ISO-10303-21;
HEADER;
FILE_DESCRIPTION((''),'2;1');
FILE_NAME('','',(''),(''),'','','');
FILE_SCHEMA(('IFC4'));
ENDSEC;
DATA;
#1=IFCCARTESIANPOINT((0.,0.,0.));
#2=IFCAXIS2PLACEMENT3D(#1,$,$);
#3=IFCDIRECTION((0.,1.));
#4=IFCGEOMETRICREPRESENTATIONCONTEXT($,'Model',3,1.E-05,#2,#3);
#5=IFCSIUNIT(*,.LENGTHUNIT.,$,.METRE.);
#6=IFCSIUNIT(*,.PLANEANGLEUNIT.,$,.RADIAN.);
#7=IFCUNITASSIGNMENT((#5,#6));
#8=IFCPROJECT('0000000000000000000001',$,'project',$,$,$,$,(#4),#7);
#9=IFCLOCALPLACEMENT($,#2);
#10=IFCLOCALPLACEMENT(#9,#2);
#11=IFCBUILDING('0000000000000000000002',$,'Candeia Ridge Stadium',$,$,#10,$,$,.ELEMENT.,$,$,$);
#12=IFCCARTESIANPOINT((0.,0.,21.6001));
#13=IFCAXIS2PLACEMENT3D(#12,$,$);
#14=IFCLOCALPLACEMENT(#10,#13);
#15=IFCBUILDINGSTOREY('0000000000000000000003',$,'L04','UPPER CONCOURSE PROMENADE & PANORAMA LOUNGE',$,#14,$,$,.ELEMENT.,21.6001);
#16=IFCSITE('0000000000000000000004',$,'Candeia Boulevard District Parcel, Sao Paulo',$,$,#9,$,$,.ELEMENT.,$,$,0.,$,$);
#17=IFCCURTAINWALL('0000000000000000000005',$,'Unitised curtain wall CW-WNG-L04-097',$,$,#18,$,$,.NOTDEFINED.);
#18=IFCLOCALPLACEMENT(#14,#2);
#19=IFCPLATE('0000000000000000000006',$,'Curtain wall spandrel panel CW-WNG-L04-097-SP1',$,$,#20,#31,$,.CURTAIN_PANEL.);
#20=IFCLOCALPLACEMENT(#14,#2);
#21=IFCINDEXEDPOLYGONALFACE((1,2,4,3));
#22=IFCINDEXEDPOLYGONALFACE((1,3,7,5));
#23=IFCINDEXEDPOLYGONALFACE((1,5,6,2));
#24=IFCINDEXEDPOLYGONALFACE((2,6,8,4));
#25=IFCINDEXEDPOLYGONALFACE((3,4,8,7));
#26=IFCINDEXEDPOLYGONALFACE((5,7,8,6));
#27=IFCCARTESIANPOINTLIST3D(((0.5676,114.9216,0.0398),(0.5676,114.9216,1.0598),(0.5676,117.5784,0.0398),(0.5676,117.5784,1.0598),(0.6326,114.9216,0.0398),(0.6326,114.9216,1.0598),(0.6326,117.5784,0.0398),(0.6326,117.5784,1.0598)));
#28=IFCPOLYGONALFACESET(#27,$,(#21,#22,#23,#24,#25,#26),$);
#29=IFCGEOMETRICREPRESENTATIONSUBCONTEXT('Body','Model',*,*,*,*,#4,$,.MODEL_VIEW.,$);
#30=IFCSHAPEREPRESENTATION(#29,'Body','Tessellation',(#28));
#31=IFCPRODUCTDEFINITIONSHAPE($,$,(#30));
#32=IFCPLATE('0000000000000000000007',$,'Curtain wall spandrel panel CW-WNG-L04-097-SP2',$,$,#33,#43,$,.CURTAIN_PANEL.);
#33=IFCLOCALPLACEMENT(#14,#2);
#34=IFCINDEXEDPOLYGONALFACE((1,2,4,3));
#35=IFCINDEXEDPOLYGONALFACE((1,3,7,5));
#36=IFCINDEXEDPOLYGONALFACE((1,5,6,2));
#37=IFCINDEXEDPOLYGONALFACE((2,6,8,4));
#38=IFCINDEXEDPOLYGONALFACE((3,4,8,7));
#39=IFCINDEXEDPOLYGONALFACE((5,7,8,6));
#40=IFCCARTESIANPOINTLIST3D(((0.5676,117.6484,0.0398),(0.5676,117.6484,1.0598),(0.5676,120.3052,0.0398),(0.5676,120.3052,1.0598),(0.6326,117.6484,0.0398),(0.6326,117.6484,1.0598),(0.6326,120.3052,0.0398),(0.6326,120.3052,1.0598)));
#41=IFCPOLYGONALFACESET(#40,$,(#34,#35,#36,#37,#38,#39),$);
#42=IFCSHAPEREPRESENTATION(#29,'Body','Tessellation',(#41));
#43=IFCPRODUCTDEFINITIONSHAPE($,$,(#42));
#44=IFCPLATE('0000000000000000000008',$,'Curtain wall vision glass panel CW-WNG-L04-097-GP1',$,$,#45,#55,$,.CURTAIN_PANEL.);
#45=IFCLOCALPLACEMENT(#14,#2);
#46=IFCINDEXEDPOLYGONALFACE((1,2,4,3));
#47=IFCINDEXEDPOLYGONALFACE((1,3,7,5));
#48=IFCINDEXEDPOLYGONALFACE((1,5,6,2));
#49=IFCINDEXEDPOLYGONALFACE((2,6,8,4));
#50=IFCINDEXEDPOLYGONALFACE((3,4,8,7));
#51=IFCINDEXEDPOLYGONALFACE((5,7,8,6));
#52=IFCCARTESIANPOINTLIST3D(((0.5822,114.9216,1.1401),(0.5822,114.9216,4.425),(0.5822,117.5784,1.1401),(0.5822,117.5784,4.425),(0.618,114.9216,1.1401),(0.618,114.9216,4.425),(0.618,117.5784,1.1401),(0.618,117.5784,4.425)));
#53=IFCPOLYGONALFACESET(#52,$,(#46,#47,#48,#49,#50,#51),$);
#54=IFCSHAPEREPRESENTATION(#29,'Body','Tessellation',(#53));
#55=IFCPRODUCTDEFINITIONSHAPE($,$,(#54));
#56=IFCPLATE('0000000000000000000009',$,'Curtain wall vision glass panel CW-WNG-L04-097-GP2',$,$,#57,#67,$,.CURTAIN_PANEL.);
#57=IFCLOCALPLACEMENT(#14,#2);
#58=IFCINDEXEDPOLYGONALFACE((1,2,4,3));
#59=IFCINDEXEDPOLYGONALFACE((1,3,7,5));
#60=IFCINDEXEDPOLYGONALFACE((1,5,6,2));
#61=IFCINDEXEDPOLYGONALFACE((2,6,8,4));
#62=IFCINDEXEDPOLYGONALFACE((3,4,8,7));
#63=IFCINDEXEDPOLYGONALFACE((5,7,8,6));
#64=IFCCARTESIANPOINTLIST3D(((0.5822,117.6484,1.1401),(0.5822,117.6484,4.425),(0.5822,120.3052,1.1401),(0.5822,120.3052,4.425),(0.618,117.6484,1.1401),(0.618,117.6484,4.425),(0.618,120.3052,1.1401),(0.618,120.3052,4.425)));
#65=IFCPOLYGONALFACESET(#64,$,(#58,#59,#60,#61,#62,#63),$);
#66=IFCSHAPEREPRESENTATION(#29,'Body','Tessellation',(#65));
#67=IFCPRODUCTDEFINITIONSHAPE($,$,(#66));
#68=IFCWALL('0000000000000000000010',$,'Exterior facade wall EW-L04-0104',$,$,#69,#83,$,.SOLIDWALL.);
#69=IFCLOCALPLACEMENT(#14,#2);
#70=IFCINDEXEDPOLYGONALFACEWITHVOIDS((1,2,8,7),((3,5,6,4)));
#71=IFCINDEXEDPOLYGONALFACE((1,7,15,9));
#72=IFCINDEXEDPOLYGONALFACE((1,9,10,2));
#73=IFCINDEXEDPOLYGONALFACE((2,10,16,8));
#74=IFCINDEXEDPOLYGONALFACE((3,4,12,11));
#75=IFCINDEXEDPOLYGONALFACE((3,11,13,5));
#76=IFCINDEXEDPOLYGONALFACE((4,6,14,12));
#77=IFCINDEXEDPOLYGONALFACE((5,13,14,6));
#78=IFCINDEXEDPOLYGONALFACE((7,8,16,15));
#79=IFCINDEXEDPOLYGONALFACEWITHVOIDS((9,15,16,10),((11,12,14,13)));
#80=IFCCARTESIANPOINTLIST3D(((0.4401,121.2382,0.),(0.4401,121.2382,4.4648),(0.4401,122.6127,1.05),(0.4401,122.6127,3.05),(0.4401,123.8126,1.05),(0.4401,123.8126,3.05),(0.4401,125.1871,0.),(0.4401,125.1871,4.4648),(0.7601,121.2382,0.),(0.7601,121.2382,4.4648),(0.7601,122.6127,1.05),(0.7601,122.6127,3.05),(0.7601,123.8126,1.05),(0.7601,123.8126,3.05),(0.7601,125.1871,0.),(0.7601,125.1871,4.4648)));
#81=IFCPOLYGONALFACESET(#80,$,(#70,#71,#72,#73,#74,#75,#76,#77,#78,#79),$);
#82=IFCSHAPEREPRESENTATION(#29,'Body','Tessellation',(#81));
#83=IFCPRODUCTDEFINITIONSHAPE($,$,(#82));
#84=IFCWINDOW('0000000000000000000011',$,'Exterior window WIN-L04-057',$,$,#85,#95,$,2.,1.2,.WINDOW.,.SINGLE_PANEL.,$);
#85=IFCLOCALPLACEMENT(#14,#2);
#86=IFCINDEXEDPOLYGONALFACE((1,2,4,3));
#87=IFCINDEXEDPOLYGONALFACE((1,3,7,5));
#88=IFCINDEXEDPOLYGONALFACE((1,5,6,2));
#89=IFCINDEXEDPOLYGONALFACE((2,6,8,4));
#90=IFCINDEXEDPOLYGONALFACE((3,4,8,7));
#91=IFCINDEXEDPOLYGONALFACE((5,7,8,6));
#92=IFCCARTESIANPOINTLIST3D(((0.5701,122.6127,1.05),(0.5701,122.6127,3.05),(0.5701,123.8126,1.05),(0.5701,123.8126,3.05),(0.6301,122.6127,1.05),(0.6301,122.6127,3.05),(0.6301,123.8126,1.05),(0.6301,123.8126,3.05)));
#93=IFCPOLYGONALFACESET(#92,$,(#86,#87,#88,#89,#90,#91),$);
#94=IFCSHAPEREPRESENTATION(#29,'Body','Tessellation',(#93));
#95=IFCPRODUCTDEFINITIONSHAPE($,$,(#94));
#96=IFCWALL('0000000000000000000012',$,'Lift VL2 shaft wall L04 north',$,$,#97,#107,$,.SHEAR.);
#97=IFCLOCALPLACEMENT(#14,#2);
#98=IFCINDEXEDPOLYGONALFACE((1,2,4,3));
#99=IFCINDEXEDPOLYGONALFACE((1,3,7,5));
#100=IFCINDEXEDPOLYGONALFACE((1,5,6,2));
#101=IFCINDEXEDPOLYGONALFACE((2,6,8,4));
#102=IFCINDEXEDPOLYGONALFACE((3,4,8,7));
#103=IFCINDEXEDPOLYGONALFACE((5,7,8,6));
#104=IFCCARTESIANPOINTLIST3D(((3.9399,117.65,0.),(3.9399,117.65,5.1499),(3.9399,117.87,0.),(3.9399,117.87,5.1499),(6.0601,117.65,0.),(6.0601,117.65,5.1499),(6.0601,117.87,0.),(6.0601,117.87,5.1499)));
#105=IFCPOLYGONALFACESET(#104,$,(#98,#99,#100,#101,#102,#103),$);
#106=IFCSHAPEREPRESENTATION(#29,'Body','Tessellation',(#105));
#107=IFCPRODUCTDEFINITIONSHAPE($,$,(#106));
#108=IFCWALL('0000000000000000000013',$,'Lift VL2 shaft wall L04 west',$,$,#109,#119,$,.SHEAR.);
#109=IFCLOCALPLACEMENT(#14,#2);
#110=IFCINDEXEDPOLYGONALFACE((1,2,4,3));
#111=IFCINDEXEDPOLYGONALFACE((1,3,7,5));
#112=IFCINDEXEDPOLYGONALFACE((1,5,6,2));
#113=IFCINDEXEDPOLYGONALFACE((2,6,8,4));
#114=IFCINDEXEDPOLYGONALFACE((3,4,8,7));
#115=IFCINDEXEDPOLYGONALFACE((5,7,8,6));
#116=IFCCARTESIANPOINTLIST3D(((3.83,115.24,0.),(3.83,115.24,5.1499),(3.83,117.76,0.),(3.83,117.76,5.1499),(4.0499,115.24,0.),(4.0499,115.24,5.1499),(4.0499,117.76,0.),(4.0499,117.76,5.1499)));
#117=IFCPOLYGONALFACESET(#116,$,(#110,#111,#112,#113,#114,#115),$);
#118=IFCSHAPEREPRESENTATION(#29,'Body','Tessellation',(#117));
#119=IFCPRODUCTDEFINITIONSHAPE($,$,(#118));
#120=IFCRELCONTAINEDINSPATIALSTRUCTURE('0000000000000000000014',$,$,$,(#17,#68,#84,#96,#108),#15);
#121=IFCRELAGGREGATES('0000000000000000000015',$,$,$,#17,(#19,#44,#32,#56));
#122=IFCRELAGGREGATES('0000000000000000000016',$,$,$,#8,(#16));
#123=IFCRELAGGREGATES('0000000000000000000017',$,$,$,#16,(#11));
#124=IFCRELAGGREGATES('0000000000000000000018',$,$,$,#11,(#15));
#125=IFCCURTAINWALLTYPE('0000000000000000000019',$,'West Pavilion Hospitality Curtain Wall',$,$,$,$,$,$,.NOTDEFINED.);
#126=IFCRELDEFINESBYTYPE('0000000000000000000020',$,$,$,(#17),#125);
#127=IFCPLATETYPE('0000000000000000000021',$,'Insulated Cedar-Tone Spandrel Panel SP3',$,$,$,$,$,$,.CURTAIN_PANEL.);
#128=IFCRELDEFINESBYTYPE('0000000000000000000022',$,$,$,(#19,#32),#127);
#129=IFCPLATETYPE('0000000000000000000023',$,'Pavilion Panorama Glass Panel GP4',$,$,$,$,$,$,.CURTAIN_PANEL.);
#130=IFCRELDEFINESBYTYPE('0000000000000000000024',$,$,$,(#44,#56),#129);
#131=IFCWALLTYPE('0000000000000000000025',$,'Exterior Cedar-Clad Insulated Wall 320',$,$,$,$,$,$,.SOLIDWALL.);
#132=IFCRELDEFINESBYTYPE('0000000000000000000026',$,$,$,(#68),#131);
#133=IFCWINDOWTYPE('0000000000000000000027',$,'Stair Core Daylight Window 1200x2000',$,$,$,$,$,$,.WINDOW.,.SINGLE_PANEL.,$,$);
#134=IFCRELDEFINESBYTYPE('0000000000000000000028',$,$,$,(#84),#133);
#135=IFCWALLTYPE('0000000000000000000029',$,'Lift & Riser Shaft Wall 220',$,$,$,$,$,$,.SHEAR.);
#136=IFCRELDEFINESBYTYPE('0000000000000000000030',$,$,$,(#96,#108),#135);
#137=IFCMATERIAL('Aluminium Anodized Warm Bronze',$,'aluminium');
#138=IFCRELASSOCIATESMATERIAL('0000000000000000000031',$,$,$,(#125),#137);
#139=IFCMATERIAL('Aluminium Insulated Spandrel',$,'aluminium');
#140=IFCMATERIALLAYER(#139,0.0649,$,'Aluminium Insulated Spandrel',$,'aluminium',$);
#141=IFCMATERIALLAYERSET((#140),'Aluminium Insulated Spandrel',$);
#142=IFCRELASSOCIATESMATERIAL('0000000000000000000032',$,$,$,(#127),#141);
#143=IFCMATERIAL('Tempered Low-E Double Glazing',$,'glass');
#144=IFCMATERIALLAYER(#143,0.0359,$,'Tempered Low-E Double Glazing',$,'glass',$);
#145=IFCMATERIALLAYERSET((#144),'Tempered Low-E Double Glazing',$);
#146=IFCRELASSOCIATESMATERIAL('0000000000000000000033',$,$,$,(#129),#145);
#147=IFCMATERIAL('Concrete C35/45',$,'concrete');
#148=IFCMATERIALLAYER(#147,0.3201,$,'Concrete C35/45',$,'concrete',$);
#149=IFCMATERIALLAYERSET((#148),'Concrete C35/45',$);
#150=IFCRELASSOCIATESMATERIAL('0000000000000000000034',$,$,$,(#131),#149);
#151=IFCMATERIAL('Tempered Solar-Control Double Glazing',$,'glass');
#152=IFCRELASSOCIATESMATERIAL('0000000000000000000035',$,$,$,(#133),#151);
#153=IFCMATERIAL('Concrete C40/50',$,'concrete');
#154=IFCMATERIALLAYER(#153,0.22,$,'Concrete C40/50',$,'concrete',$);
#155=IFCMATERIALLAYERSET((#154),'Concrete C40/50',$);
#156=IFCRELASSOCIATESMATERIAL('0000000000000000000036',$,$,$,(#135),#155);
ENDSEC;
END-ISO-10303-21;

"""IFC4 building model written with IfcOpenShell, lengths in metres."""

from ifc_helpers import new_model, si_unit, direction, frame, frame_2d, origin, origin_2d, place, context, subcontext, project, spatial, rectangle, extrude, material, layer, layer_set, type_object, element, fill, aggregate, save


model = new_model("IFC4")

# Units and contexts
model_context = context("Model", 3, precision=1e-05, world=origin(), true_north=direction((0.0, 1.0)))
body_context = subcontext(model_context, "Body", "Model", "MODEL_VIEW")
ifc_project = project(units=[si_unit("LENGTHUNIT", "METRE"), si_unit("PLANEANGLEUNIT", "RADIAN")], contexts=[model_context])

# Site, building, storey
site_placement = place(None, origin())
site = spatial("IfcSite", under=ifc_project, at=site_placement, Name="Candeia Boulevard District Parcel, Sao Paulo", CompositionType="ELEMENT", RefElevation=0.0)
building_placement = place(site_placement, origin())
building = spatial("IfcBuilding", under=site, at=building_placement, Name="Candeia Ridge Stadium", CompositionType="ELEMENT")
storey_placement = place(building_placement, frame((0.0, 0.0, 21.6001)))
storey = spatial("IfcBuildingStorey", under=building, at=storey_placement, Name="L04", Description="UPPER CONCOURSE PROMENADE & PANORAMA LOUNGE", CompositionType="ELEMENT", Elevation=21.6001)

# Shared definitions
ifc_material_1 = material(Name="Concrete C40/50", Category="concrete")

# Curtain wall
ifc_material_2 = material(Name="Aluminium Anodized Warm Bronze", Category="aluminium")
curtain_wall_type = type_object("IfcCurtainWallType", Name="West Pavilion Hospitality Curtain Wall", PredefinedType="NOTDEFINED", material=ifc_material_2)
curtain_wall_placement = place(storey_placement, origin())
curtain_wall = element("IfcCurtainWall", 1, at=curtain_wall_placement, inside=storey, type_object=curtain_wall_type, Name="Unitised curtain wall CW-WNG-L04-097", PredefinedType="NOTDEFINED")

# Plates
ifc_material_3 = material(Name="Aluminium Insulated Spandrel", Category="aluminium")
ifc_layer_1 = layer(ifc_material_3, 0.0649, Name="Aluminium Insulated Spandrel", Category="aluminium")
ifc_layer_set_1 = layer_set([ifc_layer_1], Name="Aluminium Insulated Spandrel")
plate_type_1 = type_object("IfcPlateType", Name="Insulated Cedar-Tone Spandrel Panel SP3", PredefinedType="CURTAIN_PANEL", material=ifc_layer_set_1)
plate_1_placement = place(storey_placement, frame((0.6001, 116.25, 0.0398), z_axis=(0.0, 0.0, 1.0), x_axis=(0.0, 1.0, 0.0)))
plate_1 = element("IfcPlate", 2, at=plate_1_placement, type_object=plate_type_1, Name="Curtain wall spandrel panel CW-WNG-L04-097-SP1", PredefinedType="CURTAIN_PANEL", context=body_context, shape_type="SweptSolid", body=[
    extrude(rectangle(XDim=2.6567, YDim=0.0649, at=origin_2d()), origin(), (0.0, 0.0, 1.0), 1.02),
])
plate_2_placement = place(storey_placement, frame((0.6001, 118.9768, 0.0398), z_axis=(0.0, 0.0, 1.0), x_axis=(0.0, 1.0, 0.0)))
plate_2 = element("IfcPlate", 3, at=plate_2_placement, type_object=plate_type_1, Name="Curtain wall spandrel panel CW-WNG-L04-097-SP2", PredefinedType="CURTAIN_PANEL", context=body_context, shape_type="SweptSolid", body=[
    extrude(rectangle(XDim=2.6567, YDim=0.0649, at=origin_2d()), origin(), (0.0, 0.0, 1.0), 1.02),
])
ifc_material_4 = material(Name="Tempered Low-E Double Glazing", Category="glass")
ifc_layer_2 = layer(ifc_material_4, 0.0359, Name="Tempered Low-E Double Glazing", Category="glass")
ifc_layer_set_2 = layer_set([ifc_layer_2], Name="Tempered Low-E Double Glazing")
plate_type_2 = type_object("IfcPlateType", Name="Pavilion Panorama Glass Panel GP4", PredefinedType="CURTAIN_PANEL", material=ifc_layer_set_2)
plate_3_placement = place(storey_placement, frame((0.6001, 116.25, 1.1401), z_axis=(0.0, 0.0, 1.0), x_axis=(0.0, 1.0, 0.0)))
plate_3 = element("IfcPlate", 4, at=plate_3_placement, type_object=plate_type_2, Name="Curtain wall vision glass panel CW-WNG-L04-097-GP1", PredefinedType="CURTAIN_PANEL", context=body_context, shape_type="SweptSolid", body=[
    extrude(rectangle(XDim=2.6567, YDim=0.0359, at=origin_2d()), origin(), (0.0, 0.0, 1.0), 3.2849),
])
plate_4_placement = place(storey_placement, frame((0.6001, 118.9768, 1.1401), z_axis=(0.0, 0.0, 1.0), x_axis=(0.0, 1.0, 0.0)))
plate_4 = element("IfcPlate", 5, at=plate_4_placement, type_object=plate_type_2, Name="Curtain wall vision glass panel CW-WNG-L04-097-GP2", PredefinedType="CURTAIN_PANEL", context=body_context, shape_type="SweptSolid", body=[
    extrude(rectangle(XDim=2.6567, YDim=0.0359, at=origin_2d()), origin(), (0.0, 0.0, 1.0), 3.2849),
])
aggregate(curtain_wall, [plate_1, plate_3, plate_2, plate_4])

# Wall, opening, window
ifc_material_5 = material(Name="Concrete C35/45", Category="concrete")
ifc_layer_3 = layer(ifc_material_5, 0.3201, Name="Concrete C35/45", Category="concrete")
ifc_layer_set_3 = layer_set([ifc_layer_3], Name="Concrete C35/45")
wall_type_1 = type_object("IfcWallType", Name="Exterior Cedar-Clad Insulated Wall 320", PredefinedType="SOLIDWALL", material=ifc_layer_set_3)
wall_1_placement = place(storey_placement, frame((0.6001, 121.238, 0.0), z_axis=(0.0, 0.0, 1.0), x_axis=(0.0, 1.0, 0.0)))
wall_1 = element("IfcWall", 6, at=wall_1_placement, inside=storey, type_object=wall_type_1, Name="Exterior facade wall EW-L04-0104", PredefinedType="SOLIDWALL", context=body_context, shape_type="SweptSolid", body=[
    extrude(rectangle(XDim=3.949, YDim=0.3201, at=frame_2d((1.9746, 0.0))), origin(), (0.0, 0.0, 1.0), 4.4648),
])
opening_1_placement = place(wall_1_placement, frame((1.3745, 0.0, 1.05)))
opening_1 = element("IfcOpeningElement", 7, at=opening_1_placement, cuts=wall_1, PredefinedType="OPENING", context=body_context, shape_type="SweptSolid", body=[
    extrude(rectangle(XDim=1.2, YDim=2.0, at=frame_2d((0.6001, 1.0))), frame((0.0, 0.1699, 0.0), z_axis=(0.0, -1.0, 0.0), x_axis=(1.0, 0.0, 0.0)), (0.0, 0.0, 1.0), 0.3401),
])
ifc_material_6 = material(Name="Tempered Solar-Control Double Glazing", Category="glass")
window_type = type_object("IfcWindowType", Name="Stair Core Daylight Window 1200x2000", PartitioningType="SINGLE_PANEL", PredefinedType="WINDOW", material=ifc_material_6)
window_placement = place(opening_1_placement, origin())
window = element("IfcWindow", 8, at=window_placement, inside=storey, type_object=window_type, Name="Exterior window WIN-L04-057", OverallHeight=2.0, OverallWidth=1.2, PartitioningType="SINGLE_PANEL", PredefinedType="WINDOW", context=body_context, shape_type="SweptSolid", body=[
    extrude(rectangle(XDim=1.2, YDim=2.0, at=frame_2d((0.6001, 1.0))), frame((0.0, 0.03, 0.0), z_axis=(0.0, -1.0, 0.0), x_axis=(1.0, 0.0, 0.0)), (0.0, 0.0, 1.0), 0.0601),
])
fill(opening_1, window)

# Shared definitions
ifc_layer_4 = layer(ifc_material_1, 0.22, Name="Concrete C40/50", Category="concrete")
ifc_layer_set_4 = layer_set([ifc_layer_4], Name="Concrete C40/50")
wall_type_2 = type_object("IfcWallType", Name="Lift & Riser Shaft Wall 220", PredefinedType="SHEAR", material=ifc_layer_set_4)

# Walls
wall_2_placement = place(storey_placement, frame((6.0601, 117.76, 0.0), z_axis=(0.0, 0.0, 1.0), x_axis=(-1.0, 0.0, 0.0)))
element("IfcWall", 9, at=wall_2_placement, inside=storey, type_object=wall_type_2, Name="Lift VL2 shaft wall L04 north", PredefinedType="SHEAR", context=body_context, shape_type="SweptSolid", body=[
    extrude(rectangle(XDim=2.1201, YDim=0.22, at=frame_2d((1.0601, 0.0))), origin(), (0.0, 0.0, 1.0), 5.1499),
])
wall_3_placement = place(storey_placement, frame((3.9399, 117.76, 0.0), z_axis=(0.0, 0.0, 1.0), x_axis=(0.0, -1.0, 0.0)))
element("IfcWall", 10, at=wall_3_placement, inside=storey, type_object=wall_type_2, Name="Lift VL2 shaft wall L04 west", PredefinedType="SHEAR", context=body_context, shape_type="SweptSolid", body=[
    extrude(rectangle(XDim=2.52, YDim=0.22, at=frame_2d((1.26, 0.0))), origin(), (0.0, 0.0, 1.0), 5.1499),
])

save(model, "model.ifc")
